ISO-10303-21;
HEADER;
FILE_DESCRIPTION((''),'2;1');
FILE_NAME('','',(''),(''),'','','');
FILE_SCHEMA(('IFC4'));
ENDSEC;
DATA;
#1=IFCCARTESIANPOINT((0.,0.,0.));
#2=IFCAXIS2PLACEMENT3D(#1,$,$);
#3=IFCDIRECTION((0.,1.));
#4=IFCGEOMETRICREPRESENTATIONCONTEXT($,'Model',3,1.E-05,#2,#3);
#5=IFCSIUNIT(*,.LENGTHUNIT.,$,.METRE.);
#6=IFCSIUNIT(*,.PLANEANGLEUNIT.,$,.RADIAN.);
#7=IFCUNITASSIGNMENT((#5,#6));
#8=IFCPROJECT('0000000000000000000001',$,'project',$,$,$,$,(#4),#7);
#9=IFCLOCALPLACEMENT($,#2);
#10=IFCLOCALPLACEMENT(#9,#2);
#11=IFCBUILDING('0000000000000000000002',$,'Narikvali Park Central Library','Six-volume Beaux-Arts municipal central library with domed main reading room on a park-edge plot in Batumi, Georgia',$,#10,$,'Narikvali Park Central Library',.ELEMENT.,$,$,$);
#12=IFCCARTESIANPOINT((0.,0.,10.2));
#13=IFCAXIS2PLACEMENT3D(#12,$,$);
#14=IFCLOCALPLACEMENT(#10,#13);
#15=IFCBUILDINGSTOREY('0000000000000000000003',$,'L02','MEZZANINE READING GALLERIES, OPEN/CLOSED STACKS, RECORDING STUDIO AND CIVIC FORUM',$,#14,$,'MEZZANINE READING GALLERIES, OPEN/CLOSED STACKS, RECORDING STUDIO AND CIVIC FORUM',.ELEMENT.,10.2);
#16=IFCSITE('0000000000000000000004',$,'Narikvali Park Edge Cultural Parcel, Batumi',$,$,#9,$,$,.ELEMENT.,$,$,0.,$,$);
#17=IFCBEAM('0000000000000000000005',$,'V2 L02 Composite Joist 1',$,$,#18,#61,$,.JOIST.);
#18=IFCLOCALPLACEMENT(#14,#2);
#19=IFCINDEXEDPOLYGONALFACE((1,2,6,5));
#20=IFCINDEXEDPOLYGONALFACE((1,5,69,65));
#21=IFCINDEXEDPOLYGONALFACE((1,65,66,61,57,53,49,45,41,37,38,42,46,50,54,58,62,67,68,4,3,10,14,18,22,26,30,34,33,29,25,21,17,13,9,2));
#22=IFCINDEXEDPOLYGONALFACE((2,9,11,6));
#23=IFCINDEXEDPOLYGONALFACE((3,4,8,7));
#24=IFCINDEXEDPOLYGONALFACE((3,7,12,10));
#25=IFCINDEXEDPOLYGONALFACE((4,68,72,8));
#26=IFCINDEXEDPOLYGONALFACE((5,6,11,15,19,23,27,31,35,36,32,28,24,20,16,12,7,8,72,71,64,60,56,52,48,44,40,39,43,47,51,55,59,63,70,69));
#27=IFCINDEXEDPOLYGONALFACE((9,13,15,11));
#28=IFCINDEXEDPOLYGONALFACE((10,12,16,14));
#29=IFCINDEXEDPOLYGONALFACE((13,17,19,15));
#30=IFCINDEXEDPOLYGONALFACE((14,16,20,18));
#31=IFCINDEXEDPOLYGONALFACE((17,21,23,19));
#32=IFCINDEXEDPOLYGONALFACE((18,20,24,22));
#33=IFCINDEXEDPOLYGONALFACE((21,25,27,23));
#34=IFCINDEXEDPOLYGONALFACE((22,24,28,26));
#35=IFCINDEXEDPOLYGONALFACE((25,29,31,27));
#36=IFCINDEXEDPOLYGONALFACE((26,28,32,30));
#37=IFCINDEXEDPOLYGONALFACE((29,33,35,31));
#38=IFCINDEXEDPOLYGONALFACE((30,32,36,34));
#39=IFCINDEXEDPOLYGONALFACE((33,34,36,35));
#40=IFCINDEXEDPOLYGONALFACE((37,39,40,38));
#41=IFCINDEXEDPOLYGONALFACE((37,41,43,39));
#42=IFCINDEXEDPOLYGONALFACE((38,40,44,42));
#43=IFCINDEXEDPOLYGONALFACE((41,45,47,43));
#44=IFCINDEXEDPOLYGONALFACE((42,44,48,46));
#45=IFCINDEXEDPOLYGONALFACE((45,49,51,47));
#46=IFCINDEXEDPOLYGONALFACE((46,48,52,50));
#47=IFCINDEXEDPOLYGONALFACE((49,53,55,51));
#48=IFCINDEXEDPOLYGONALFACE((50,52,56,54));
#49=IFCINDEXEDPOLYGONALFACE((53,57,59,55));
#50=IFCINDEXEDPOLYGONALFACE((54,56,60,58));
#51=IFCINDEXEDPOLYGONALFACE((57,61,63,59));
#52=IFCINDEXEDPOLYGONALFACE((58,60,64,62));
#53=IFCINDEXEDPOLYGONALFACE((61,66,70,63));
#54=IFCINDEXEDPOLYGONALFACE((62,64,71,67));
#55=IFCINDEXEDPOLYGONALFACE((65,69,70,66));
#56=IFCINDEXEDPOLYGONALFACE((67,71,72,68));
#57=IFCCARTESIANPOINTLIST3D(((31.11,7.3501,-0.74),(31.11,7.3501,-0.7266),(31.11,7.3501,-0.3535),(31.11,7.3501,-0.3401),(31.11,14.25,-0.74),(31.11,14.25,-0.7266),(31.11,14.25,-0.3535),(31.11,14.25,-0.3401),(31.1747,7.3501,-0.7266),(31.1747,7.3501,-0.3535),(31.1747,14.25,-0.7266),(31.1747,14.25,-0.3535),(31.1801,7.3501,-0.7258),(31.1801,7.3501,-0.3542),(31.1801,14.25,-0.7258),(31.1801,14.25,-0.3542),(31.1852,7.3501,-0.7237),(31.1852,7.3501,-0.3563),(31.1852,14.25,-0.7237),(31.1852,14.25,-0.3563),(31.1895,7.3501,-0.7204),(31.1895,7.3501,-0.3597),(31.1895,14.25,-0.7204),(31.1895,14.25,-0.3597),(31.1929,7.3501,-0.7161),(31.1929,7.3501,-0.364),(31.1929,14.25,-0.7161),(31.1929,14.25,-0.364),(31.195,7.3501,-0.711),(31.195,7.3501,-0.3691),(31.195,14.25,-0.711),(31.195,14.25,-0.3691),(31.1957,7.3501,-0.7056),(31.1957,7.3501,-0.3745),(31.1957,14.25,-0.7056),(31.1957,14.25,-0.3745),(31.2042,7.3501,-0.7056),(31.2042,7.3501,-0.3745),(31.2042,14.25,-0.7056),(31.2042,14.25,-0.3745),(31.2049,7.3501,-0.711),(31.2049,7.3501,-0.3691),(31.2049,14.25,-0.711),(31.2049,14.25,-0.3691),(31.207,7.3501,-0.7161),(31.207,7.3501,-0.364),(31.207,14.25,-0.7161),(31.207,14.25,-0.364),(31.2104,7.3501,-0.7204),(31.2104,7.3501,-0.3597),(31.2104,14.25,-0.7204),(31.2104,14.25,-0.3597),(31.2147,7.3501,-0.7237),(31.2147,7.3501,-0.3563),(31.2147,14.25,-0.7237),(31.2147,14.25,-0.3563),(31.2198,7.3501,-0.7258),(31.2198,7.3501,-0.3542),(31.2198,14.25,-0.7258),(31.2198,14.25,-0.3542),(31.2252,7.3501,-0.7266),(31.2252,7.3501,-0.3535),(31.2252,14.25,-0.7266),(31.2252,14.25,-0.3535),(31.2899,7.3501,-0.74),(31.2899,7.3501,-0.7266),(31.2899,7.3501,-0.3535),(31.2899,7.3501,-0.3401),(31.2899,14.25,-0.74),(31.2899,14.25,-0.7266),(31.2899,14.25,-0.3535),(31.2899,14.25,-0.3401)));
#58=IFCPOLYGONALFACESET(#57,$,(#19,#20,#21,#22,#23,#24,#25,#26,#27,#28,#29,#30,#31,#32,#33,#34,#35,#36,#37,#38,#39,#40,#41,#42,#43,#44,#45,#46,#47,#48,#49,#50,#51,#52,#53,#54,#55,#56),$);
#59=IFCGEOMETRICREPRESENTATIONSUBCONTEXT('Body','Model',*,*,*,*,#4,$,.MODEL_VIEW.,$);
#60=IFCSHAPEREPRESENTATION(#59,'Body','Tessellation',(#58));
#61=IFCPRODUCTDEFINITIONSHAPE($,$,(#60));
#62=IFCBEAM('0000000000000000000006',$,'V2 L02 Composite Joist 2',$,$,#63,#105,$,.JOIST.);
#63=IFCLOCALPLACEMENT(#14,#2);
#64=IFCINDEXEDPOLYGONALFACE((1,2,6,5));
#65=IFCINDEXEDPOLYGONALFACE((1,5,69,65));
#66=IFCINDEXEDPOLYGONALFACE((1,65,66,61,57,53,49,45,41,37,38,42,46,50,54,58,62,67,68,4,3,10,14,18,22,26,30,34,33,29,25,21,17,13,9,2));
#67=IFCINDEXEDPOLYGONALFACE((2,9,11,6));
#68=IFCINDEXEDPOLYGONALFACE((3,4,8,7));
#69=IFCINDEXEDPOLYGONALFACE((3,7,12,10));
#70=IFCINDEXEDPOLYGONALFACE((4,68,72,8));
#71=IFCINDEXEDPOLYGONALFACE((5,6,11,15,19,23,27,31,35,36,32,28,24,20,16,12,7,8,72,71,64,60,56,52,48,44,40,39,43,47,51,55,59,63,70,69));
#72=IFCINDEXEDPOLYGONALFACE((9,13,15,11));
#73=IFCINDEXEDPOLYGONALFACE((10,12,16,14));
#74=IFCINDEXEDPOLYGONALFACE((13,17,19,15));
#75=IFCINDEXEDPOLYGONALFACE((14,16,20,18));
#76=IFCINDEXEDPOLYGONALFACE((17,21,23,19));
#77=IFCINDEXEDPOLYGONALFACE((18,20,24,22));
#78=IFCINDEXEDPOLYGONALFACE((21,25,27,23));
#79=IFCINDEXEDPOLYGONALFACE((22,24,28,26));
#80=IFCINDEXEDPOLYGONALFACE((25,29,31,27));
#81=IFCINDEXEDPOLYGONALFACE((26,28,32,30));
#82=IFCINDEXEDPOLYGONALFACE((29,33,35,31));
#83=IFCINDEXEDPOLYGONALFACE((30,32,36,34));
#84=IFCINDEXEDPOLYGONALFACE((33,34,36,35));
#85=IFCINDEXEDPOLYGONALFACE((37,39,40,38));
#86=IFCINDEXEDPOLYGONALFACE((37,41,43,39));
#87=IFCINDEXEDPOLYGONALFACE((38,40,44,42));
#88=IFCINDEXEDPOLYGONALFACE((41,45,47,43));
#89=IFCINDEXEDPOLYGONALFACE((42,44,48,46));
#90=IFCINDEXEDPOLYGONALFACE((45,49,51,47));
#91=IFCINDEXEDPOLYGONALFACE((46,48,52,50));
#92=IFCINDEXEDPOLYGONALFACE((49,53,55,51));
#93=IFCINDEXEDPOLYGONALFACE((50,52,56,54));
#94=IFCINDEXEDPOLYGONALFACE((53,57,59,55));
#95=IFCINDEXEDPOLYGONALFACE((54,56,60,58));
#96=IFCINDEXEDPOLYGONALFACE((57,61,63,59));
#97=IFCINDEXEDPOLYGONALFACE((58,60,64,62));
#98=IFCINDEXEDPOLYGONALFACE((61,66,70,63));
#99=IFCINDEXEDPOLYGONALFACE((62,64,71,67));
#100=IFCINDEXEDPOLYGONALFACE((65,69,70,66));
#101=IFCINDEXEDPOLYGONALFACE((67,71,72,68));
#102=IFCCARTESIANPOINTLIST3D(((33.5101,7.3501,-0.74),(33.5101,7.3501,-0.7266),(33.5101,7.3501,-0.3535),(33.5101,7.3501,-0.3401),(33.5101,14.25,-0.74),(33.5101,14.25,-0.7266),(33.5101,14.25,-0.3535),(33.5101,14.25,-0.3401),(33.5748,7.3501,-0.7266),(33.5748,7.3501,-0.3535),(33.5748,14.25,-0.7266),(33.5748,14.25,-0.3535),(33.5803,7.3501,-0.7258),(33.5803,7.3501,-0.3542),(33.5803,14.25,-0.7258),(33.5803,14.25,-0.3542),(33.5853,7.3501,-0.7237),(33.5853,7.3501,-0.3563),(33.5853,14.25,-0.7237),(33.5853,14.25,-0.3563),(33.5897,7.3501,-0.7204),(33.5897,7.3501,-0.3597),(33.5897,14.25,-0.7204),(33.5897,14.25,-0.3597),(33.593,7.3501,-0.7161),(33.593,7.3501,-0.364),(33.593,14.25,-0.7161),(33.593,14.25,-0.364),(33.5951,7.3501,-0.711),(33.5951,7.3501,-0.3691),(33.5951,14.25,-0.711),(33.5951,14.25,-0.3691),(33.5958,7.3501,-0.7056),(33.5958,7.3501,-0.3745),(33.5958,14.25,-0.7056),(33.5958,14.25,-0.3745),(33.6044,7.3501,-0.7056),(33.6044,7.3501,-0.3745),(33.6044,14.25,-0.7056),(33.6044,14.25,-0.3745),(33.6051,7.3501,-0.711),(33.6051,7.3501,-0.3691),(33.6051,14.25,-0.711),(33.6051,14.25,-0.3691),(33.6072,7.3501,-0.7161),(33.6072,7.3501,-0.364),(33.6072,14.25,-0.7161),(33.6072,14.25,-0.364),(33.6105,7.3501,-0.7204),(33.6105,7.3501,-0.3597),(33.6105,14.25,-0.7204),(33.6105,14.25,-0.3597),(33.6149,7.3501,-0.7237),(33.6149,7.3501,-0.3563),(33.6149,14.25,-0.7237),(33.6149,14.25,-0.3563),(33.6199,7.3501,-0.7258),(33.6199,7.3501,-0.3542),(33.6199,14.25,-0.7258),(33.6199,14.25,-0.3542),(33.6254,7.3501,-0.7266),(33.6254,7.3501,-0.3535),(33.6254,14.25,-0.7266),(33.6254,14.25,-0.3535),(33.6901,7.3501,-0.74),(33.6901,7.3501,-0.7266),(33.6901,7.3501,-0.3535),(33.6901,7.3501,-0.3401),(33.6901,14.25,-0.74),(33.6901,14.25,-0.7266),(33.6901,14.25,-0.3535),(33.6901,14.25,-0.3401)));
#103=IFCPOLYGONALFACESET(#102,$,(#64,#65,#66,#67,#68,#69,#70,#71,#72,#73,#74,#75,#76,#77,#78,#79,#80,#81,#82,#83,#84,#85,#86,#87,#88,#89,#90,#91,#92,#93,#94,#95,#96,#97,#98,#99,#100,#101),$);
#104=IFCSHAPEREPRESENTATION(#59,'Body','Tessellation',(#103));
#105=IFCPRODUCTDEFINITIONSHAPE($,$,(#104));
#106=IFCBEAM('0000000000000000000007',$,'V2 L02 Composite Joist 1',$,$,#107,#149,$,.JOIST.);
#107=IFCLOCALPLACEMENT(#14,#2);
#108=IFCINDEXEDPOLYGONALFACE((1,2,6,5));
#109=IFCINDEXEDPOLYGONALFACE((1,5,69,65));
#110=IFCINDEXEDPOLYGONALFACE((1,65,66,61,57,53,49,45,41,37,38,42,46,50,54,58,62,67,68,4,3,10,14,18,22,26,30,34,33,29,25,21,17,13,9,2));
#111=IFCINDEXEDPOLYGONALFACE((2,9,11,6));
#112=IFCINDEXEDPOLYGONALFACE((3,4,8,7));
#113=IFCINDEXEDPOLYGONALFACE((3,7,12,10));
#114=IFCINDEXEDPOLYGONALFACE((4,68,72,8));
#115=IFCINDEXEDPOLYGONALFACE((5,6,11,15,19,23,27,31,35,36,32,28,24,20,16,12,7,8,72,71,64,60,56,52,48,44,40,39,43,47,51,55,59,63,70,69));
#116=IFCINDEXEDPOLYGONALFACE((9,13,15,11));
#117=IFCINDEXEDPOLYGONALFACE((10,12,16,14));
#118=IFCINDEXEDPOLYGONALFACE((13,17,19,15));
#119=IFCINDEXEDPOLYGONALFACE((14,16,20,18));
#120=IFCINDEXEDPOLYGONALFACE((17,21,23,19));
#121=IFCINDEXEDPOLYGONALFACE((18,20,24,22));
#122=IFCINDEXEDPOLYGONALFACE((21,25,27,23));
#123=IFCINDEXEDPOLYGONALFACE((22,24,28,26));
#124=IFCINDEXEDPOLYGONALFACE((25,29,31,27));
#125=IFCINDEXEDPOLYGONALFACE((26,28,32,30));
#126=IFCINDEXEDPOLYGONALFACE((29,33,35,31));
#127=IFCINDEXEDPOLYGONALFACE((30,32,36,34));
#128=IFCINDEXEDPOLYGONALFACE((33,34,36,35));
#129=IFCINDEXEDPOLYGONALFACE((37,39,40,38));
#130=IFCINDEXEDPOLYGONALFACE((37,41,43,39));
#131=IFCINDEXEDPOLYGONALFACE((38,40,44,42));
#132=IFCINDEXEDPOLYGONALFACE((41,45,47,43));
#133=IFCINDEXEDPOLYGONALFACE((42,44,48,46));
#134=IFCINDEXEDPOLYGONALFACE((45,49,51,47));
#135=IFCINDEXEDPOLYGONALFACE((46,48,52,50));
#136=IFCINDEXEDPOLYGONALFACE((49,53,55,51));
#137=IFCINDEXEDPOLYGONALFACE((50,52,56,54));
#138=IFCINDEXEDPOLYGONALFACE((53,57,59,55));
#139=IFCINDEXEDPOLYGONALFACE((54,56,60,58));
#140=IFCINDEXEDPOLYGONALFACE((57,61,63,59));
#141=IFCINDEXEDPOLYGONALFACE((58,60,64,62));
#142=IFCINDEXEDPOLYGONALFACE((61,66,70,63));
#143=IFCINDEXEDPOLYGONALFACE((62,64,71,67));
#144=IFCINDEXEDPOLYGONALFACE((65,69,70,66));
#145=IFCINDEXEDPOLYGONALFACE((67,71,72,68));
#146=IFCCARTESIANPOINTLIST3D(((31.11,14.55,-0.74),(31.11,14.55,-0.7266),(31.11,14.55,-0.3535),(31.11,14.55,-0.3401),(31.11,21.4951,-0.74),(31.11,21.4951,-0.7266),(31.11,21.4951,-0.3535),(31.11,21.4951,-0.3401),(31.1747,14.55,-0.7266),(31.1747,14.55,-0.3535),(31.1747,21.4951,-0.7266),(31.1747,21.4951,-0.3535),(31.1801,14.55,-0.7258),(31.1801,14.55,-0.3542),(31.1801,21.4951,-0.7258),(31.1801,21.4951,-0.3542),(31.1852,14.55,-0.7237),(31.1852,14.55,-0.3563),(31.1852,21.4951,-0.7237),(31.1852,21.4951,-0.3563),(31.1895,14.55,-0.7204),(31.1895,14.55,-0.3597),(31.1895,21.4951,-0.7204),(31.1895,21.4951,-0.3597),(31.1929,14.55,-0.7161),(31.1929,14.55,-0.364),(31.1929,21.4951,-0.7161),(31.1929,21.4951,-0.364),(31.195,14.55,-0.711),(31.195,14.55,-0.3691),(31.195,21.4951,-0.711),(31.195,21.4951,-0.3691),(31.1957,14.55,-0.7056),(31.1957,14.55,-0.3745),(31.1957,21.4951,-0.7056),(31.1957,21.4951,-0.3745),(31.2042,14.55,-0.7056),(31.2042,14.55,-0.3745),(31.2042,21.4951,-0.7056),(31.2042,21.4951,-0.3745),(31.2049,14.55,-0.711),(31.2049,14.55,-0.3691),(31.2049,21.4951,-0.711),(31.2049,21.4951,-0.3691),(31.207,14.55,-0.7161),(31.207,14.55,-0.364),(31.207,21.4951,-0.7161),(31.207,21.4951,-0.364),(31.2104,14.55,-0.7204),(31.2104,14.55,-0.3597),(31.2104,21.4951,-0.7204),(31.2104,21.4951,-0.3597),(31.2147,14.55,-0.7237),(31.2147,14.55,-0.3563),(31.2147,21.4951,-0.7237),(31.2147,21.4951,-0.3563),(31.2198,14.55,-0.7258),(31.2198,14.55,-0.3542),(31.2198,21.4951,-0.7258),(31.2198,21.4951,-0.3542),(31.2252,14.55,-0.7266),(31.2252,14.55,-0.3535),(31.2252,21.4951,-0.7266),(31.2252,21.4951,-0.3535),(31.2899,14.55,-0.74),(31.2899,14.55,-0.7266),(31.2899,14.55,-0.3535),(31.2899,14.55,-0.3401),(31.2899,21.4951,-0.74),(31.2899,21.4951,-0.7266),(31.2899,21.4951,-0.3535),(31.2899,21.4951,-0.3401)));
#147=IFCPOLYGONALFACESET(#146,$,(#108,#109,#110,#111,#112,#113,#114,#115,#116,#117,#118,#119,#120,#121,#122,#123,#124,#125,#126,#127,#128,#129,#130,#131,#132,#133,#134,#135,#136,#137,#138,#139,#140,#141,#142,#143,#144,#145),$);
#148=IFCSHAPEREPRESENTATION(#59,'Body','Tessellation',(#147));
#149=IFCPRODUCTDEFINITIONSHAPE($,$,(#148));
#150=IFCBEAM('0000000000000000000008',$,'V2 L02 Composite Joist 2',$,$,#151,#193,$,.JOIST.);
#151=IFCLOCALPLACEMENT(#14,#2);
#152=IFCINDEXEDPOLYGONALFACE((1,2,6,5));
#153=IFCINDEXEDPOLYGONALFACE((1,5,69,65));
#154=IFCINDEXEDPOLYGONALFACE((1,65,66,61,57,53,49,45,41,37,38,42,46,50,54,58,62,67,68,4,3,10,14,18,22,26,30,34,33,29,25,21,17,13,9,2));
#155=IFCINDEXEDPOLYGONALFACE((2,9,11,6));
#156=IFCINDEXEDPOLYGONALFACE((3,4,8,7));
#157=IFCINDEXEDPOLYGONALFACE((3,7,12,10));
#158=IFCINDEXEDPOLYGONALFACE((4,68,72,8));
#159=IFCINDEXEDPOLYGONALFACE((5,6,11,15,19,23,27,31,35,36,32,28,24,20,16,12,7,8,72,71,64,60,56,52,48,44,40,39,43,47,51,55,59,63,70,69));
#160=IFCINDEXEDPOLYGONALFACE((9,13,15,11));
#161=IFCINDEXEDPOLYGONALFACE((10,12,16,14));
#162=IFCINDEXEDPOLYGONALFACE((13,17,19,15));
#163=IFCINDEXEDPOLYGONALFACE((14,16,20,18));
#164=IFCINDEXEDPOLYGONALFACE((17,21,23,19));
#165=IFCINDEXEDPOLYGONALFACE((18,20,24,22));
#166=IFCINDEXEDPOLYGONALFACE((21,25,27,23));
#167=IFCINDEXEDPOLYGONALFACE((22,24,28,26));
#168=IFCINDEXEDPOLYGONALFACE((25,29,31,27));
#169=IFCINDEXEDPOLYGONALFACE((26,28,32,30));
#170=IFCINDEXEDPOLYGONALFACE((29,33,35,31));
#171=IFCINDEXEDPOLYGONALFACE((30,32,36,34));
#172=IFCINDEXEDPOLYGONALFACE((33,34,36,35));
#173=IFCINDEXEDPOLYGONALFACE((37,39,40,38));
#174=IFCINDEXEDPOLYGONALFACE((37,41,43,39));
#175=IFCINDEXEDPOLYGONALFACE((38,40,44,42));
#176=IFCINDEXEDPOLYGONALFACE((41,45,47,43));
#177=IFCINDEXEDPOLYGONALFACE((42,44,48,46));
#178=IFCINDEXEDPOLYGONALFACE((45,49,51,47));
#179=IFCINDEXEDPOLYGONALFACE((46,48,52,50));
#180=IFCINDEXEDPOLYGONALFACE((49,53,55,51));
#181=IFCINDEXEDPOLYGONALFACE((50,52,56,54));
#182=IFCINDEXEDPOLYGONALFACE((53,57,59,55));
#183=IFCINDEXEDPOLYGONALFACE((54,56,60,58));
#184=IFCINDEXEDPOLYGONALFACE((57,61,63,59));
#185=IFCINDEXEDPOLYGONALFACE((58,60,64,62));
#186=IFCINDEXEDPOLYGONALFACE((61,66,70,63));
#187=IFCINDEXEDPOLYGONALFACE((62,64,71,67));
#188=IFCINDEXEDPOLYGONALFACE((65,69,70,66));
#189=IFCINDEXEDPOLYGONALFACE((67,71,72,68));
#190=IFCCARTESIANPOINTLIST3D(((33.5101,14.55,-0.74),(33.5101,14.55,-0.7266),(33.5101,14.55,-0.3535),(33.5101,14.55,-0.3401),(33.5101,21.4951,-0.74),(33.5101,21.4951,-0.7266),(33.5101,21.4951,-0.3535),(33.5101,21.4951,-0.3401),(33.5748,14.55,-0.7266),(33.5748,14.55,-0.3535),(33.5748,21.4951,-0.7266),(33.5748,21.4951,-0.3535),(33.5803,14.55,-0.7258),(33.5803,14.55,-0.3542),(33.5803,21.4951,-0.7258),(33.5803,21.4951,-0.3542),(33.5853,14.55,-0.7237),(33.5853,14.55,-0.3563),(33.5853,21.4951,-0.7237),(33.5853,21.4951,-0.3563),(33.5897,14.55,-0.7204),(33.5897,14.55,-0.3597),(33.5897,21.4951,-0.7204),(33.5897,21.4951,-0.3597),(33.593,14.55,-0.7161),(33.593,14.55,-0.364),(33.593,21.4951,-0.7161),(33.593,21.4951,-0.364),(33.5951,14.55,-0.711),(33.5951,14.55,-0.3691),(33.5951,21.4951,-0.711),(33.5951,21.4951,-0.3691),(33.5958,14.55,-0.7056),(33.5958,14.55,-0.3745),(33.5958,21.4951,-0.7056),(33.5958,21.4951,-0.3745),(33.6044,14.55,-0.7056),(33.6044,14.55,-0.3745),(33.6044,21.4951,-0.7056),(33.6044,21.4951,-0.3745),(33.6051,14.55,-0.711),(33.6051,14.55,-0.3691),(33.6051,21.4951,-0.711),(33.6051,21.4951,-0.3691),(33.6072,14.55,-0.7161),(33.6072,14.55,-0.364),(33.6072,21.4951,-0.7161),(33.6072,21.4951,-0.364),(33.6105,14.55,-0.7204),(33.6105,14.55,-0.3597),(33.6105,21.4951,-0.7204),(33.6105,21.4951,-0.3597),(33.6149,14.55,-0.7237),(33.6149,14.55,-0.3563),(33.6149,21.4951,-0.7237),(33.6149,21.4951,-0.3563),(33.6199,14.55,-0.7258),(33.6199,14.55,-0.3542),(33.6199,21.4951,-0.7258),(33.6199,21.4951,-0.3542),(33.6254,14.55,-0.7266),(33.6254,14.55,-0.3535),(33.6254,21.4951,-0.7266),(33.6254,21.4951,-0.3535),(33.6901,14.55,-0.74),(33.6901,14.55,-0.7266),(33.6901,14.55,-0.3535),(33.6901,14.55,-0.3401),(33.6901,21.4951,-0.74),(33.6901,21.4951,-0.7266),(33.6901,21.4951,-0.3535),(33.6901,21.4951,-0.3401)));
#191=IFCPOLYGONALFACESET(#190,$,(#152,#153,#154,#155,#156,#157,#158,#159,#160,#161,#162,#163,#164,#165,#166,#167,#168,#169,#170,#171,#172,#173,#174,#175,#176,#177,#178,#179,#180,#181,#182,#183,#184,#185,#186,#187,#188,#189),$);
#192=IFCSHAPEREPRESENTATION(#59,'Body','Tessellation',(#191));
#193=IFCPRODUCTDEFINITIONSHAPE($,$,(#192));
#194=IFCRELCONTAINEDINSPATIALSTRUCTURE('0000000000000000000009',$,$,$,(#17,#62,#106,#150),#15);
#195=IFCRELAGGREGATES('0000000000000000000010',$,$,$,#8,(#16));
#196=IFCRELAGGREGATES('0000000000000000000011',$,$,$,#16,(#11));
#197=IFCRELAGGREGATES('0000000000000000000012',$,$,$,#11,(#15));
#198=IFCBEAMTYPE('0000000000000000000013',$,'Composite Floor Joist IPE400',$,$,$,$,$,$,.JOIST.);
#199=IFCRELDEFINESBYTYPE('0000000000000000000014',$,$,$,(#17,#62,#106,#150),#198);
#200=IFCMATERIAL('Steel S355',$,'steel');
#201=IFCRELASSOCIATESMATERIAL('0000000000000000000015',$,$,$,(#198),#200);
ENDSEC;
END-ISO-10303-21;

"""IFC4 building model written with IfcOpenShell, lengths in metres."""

from ifc_helpers import new_model, si_unit, direction, frame, origin, origin_2d, place, context, subcontext, project, spatial, i_section, extrude, material, material_profile, profile_set, type_object, element, save


model = new_model("IFC4")

# Units and contexts
model_context = context("Model", 3, precision=1e-05, world=origin(), true_north=direction((0.0, 1.0)))
body_context = subcontext(model_context, "Body", "Model", "MODEL_VIEW")
ifc_project = project(units=[si_unit("LENGTHUNIT", "METRE"), si_unit("PLANEANGLEUNIT", "RADIAN")], contexts=[model_context])

# Site, building, storey
site_placement = place(None, origin())
site = spatial("IfcSite", under=ifc_project, at=site_placement, Name="Narikvali Park Edge Cultural Parcel, Batumi", CompositionType="ELEMENT", RefElevation=0.0)
building_placement = place(site_placement, origin())
building = spatial("IfcBuilding", under=site, at=building_placement, Name="Narikvali Park Central Library", Description="Six-volume Beaux-Arts municipal central library with domed main reading room on a park-edge plot in Batumi, Georgia", LongName="Narikvali Park Central Library", CompositionType="ELEMENT")
storey_placement = place(building_placement, frame((0.0, 0.0, 10.2)))
storey = spatial("IfcBuildingStorey", under=building, at=storey_placement, Name="L02", Description="MEZZANINE READING GALLERIES, OPEN/CLOSED STACKS, RECORDING STUDIO AND CIVIC FORUM", LongName="MEZZANINE READING GALLERIES, OPEN/CLOSED STACKS, RECORDING STUDIO AND CIVIC FORUM", CompositionType="ELEMENT", Elevation=10.2)

# Beams
ifc_material_1 = material(Name="Steel S355", Category="steel")
ifc_material_profile_1 = material_profile(ifc_material_1, i_section(OverallWidth=0.1799, OverallDepth=0.3999, WebThickness=0.0085, FlangeThickness=0.0134, FilletRadius=0.021, at=origin_2d()), Name="IPE 400")
ifc_profile_set_1 = profile_set([ifc_material_profile_1], Name="Steel S355")
beam_type_1 = type_object("IfcBeamType", Name="Composite Floor Joist IPE400", PredefinedType="JOIST", material=ifc_profile_set_1)
for number, where, z_axis, x_axis, name in (
    (1, (31.2, 7.3501, -0.54), (0.0, 1.0, 0.0), (-1.0, 0.0, 0.0), "V2 L02 Composite Joist 1"),
    (2, (33.6001, 7.3501, -0.54), (0.0, 1.0, 0.0), (-1.0, 0.0, 0.0), "V2 L02 Composite Joist 2"),
):
    element("IfcBeam", number, at=place(storey_placement, frame(where, z_axis=z_axis, x_axis=x_axis)), inside=storey, type_object=beam_type_1, Name=name, PredefinedType="JOIST", context=body_context, shape_type="SweptSolid", body=[
        extrude(i_section(OverallWidth=0.1799, OverallDepth=0.3999, WebThickness=0.0085, FlangeThickness=0.0134, FilletRadius=0.021, at=origin_2d()), origin(), (0.0, 0.0, 1.0), 6.8999),
    ])
for number, where, z_axis, x_axis, name in (
    (3, (31.2, 14.55, -0.54), (0.0, 1.0, 0.0), (-1.0, 0.0, 0.0), "V2 L02 Composite Joist 1"),
    (4, (33.6001, 14.55, -0.54), (0.0, 1.0, 0.0), (-1.0, 0.0, 0.0), "V2 L02 Composite Joist 2"),
):
    element("IfcBeam", number, at=place(storey_placement, frame(where, z_axis=z_axis, x_axis=x_axis)), inside=storey, type_object=beam_type_1, Name=name, PredefinedType="JOIST", context=body_context, shape_type="SweptSolid", body=[
        extrude(i_section(OverallWidth=0.1799, OverallDepth=0.3999, WebThickness=0.0085, FlangeThickness=0.0134, FilletRadius=0.021, at=origin_2d()), origin(), (0.0, 0.0, 1.0), 6.9451),
    ])

save(model, "model.ifc")
